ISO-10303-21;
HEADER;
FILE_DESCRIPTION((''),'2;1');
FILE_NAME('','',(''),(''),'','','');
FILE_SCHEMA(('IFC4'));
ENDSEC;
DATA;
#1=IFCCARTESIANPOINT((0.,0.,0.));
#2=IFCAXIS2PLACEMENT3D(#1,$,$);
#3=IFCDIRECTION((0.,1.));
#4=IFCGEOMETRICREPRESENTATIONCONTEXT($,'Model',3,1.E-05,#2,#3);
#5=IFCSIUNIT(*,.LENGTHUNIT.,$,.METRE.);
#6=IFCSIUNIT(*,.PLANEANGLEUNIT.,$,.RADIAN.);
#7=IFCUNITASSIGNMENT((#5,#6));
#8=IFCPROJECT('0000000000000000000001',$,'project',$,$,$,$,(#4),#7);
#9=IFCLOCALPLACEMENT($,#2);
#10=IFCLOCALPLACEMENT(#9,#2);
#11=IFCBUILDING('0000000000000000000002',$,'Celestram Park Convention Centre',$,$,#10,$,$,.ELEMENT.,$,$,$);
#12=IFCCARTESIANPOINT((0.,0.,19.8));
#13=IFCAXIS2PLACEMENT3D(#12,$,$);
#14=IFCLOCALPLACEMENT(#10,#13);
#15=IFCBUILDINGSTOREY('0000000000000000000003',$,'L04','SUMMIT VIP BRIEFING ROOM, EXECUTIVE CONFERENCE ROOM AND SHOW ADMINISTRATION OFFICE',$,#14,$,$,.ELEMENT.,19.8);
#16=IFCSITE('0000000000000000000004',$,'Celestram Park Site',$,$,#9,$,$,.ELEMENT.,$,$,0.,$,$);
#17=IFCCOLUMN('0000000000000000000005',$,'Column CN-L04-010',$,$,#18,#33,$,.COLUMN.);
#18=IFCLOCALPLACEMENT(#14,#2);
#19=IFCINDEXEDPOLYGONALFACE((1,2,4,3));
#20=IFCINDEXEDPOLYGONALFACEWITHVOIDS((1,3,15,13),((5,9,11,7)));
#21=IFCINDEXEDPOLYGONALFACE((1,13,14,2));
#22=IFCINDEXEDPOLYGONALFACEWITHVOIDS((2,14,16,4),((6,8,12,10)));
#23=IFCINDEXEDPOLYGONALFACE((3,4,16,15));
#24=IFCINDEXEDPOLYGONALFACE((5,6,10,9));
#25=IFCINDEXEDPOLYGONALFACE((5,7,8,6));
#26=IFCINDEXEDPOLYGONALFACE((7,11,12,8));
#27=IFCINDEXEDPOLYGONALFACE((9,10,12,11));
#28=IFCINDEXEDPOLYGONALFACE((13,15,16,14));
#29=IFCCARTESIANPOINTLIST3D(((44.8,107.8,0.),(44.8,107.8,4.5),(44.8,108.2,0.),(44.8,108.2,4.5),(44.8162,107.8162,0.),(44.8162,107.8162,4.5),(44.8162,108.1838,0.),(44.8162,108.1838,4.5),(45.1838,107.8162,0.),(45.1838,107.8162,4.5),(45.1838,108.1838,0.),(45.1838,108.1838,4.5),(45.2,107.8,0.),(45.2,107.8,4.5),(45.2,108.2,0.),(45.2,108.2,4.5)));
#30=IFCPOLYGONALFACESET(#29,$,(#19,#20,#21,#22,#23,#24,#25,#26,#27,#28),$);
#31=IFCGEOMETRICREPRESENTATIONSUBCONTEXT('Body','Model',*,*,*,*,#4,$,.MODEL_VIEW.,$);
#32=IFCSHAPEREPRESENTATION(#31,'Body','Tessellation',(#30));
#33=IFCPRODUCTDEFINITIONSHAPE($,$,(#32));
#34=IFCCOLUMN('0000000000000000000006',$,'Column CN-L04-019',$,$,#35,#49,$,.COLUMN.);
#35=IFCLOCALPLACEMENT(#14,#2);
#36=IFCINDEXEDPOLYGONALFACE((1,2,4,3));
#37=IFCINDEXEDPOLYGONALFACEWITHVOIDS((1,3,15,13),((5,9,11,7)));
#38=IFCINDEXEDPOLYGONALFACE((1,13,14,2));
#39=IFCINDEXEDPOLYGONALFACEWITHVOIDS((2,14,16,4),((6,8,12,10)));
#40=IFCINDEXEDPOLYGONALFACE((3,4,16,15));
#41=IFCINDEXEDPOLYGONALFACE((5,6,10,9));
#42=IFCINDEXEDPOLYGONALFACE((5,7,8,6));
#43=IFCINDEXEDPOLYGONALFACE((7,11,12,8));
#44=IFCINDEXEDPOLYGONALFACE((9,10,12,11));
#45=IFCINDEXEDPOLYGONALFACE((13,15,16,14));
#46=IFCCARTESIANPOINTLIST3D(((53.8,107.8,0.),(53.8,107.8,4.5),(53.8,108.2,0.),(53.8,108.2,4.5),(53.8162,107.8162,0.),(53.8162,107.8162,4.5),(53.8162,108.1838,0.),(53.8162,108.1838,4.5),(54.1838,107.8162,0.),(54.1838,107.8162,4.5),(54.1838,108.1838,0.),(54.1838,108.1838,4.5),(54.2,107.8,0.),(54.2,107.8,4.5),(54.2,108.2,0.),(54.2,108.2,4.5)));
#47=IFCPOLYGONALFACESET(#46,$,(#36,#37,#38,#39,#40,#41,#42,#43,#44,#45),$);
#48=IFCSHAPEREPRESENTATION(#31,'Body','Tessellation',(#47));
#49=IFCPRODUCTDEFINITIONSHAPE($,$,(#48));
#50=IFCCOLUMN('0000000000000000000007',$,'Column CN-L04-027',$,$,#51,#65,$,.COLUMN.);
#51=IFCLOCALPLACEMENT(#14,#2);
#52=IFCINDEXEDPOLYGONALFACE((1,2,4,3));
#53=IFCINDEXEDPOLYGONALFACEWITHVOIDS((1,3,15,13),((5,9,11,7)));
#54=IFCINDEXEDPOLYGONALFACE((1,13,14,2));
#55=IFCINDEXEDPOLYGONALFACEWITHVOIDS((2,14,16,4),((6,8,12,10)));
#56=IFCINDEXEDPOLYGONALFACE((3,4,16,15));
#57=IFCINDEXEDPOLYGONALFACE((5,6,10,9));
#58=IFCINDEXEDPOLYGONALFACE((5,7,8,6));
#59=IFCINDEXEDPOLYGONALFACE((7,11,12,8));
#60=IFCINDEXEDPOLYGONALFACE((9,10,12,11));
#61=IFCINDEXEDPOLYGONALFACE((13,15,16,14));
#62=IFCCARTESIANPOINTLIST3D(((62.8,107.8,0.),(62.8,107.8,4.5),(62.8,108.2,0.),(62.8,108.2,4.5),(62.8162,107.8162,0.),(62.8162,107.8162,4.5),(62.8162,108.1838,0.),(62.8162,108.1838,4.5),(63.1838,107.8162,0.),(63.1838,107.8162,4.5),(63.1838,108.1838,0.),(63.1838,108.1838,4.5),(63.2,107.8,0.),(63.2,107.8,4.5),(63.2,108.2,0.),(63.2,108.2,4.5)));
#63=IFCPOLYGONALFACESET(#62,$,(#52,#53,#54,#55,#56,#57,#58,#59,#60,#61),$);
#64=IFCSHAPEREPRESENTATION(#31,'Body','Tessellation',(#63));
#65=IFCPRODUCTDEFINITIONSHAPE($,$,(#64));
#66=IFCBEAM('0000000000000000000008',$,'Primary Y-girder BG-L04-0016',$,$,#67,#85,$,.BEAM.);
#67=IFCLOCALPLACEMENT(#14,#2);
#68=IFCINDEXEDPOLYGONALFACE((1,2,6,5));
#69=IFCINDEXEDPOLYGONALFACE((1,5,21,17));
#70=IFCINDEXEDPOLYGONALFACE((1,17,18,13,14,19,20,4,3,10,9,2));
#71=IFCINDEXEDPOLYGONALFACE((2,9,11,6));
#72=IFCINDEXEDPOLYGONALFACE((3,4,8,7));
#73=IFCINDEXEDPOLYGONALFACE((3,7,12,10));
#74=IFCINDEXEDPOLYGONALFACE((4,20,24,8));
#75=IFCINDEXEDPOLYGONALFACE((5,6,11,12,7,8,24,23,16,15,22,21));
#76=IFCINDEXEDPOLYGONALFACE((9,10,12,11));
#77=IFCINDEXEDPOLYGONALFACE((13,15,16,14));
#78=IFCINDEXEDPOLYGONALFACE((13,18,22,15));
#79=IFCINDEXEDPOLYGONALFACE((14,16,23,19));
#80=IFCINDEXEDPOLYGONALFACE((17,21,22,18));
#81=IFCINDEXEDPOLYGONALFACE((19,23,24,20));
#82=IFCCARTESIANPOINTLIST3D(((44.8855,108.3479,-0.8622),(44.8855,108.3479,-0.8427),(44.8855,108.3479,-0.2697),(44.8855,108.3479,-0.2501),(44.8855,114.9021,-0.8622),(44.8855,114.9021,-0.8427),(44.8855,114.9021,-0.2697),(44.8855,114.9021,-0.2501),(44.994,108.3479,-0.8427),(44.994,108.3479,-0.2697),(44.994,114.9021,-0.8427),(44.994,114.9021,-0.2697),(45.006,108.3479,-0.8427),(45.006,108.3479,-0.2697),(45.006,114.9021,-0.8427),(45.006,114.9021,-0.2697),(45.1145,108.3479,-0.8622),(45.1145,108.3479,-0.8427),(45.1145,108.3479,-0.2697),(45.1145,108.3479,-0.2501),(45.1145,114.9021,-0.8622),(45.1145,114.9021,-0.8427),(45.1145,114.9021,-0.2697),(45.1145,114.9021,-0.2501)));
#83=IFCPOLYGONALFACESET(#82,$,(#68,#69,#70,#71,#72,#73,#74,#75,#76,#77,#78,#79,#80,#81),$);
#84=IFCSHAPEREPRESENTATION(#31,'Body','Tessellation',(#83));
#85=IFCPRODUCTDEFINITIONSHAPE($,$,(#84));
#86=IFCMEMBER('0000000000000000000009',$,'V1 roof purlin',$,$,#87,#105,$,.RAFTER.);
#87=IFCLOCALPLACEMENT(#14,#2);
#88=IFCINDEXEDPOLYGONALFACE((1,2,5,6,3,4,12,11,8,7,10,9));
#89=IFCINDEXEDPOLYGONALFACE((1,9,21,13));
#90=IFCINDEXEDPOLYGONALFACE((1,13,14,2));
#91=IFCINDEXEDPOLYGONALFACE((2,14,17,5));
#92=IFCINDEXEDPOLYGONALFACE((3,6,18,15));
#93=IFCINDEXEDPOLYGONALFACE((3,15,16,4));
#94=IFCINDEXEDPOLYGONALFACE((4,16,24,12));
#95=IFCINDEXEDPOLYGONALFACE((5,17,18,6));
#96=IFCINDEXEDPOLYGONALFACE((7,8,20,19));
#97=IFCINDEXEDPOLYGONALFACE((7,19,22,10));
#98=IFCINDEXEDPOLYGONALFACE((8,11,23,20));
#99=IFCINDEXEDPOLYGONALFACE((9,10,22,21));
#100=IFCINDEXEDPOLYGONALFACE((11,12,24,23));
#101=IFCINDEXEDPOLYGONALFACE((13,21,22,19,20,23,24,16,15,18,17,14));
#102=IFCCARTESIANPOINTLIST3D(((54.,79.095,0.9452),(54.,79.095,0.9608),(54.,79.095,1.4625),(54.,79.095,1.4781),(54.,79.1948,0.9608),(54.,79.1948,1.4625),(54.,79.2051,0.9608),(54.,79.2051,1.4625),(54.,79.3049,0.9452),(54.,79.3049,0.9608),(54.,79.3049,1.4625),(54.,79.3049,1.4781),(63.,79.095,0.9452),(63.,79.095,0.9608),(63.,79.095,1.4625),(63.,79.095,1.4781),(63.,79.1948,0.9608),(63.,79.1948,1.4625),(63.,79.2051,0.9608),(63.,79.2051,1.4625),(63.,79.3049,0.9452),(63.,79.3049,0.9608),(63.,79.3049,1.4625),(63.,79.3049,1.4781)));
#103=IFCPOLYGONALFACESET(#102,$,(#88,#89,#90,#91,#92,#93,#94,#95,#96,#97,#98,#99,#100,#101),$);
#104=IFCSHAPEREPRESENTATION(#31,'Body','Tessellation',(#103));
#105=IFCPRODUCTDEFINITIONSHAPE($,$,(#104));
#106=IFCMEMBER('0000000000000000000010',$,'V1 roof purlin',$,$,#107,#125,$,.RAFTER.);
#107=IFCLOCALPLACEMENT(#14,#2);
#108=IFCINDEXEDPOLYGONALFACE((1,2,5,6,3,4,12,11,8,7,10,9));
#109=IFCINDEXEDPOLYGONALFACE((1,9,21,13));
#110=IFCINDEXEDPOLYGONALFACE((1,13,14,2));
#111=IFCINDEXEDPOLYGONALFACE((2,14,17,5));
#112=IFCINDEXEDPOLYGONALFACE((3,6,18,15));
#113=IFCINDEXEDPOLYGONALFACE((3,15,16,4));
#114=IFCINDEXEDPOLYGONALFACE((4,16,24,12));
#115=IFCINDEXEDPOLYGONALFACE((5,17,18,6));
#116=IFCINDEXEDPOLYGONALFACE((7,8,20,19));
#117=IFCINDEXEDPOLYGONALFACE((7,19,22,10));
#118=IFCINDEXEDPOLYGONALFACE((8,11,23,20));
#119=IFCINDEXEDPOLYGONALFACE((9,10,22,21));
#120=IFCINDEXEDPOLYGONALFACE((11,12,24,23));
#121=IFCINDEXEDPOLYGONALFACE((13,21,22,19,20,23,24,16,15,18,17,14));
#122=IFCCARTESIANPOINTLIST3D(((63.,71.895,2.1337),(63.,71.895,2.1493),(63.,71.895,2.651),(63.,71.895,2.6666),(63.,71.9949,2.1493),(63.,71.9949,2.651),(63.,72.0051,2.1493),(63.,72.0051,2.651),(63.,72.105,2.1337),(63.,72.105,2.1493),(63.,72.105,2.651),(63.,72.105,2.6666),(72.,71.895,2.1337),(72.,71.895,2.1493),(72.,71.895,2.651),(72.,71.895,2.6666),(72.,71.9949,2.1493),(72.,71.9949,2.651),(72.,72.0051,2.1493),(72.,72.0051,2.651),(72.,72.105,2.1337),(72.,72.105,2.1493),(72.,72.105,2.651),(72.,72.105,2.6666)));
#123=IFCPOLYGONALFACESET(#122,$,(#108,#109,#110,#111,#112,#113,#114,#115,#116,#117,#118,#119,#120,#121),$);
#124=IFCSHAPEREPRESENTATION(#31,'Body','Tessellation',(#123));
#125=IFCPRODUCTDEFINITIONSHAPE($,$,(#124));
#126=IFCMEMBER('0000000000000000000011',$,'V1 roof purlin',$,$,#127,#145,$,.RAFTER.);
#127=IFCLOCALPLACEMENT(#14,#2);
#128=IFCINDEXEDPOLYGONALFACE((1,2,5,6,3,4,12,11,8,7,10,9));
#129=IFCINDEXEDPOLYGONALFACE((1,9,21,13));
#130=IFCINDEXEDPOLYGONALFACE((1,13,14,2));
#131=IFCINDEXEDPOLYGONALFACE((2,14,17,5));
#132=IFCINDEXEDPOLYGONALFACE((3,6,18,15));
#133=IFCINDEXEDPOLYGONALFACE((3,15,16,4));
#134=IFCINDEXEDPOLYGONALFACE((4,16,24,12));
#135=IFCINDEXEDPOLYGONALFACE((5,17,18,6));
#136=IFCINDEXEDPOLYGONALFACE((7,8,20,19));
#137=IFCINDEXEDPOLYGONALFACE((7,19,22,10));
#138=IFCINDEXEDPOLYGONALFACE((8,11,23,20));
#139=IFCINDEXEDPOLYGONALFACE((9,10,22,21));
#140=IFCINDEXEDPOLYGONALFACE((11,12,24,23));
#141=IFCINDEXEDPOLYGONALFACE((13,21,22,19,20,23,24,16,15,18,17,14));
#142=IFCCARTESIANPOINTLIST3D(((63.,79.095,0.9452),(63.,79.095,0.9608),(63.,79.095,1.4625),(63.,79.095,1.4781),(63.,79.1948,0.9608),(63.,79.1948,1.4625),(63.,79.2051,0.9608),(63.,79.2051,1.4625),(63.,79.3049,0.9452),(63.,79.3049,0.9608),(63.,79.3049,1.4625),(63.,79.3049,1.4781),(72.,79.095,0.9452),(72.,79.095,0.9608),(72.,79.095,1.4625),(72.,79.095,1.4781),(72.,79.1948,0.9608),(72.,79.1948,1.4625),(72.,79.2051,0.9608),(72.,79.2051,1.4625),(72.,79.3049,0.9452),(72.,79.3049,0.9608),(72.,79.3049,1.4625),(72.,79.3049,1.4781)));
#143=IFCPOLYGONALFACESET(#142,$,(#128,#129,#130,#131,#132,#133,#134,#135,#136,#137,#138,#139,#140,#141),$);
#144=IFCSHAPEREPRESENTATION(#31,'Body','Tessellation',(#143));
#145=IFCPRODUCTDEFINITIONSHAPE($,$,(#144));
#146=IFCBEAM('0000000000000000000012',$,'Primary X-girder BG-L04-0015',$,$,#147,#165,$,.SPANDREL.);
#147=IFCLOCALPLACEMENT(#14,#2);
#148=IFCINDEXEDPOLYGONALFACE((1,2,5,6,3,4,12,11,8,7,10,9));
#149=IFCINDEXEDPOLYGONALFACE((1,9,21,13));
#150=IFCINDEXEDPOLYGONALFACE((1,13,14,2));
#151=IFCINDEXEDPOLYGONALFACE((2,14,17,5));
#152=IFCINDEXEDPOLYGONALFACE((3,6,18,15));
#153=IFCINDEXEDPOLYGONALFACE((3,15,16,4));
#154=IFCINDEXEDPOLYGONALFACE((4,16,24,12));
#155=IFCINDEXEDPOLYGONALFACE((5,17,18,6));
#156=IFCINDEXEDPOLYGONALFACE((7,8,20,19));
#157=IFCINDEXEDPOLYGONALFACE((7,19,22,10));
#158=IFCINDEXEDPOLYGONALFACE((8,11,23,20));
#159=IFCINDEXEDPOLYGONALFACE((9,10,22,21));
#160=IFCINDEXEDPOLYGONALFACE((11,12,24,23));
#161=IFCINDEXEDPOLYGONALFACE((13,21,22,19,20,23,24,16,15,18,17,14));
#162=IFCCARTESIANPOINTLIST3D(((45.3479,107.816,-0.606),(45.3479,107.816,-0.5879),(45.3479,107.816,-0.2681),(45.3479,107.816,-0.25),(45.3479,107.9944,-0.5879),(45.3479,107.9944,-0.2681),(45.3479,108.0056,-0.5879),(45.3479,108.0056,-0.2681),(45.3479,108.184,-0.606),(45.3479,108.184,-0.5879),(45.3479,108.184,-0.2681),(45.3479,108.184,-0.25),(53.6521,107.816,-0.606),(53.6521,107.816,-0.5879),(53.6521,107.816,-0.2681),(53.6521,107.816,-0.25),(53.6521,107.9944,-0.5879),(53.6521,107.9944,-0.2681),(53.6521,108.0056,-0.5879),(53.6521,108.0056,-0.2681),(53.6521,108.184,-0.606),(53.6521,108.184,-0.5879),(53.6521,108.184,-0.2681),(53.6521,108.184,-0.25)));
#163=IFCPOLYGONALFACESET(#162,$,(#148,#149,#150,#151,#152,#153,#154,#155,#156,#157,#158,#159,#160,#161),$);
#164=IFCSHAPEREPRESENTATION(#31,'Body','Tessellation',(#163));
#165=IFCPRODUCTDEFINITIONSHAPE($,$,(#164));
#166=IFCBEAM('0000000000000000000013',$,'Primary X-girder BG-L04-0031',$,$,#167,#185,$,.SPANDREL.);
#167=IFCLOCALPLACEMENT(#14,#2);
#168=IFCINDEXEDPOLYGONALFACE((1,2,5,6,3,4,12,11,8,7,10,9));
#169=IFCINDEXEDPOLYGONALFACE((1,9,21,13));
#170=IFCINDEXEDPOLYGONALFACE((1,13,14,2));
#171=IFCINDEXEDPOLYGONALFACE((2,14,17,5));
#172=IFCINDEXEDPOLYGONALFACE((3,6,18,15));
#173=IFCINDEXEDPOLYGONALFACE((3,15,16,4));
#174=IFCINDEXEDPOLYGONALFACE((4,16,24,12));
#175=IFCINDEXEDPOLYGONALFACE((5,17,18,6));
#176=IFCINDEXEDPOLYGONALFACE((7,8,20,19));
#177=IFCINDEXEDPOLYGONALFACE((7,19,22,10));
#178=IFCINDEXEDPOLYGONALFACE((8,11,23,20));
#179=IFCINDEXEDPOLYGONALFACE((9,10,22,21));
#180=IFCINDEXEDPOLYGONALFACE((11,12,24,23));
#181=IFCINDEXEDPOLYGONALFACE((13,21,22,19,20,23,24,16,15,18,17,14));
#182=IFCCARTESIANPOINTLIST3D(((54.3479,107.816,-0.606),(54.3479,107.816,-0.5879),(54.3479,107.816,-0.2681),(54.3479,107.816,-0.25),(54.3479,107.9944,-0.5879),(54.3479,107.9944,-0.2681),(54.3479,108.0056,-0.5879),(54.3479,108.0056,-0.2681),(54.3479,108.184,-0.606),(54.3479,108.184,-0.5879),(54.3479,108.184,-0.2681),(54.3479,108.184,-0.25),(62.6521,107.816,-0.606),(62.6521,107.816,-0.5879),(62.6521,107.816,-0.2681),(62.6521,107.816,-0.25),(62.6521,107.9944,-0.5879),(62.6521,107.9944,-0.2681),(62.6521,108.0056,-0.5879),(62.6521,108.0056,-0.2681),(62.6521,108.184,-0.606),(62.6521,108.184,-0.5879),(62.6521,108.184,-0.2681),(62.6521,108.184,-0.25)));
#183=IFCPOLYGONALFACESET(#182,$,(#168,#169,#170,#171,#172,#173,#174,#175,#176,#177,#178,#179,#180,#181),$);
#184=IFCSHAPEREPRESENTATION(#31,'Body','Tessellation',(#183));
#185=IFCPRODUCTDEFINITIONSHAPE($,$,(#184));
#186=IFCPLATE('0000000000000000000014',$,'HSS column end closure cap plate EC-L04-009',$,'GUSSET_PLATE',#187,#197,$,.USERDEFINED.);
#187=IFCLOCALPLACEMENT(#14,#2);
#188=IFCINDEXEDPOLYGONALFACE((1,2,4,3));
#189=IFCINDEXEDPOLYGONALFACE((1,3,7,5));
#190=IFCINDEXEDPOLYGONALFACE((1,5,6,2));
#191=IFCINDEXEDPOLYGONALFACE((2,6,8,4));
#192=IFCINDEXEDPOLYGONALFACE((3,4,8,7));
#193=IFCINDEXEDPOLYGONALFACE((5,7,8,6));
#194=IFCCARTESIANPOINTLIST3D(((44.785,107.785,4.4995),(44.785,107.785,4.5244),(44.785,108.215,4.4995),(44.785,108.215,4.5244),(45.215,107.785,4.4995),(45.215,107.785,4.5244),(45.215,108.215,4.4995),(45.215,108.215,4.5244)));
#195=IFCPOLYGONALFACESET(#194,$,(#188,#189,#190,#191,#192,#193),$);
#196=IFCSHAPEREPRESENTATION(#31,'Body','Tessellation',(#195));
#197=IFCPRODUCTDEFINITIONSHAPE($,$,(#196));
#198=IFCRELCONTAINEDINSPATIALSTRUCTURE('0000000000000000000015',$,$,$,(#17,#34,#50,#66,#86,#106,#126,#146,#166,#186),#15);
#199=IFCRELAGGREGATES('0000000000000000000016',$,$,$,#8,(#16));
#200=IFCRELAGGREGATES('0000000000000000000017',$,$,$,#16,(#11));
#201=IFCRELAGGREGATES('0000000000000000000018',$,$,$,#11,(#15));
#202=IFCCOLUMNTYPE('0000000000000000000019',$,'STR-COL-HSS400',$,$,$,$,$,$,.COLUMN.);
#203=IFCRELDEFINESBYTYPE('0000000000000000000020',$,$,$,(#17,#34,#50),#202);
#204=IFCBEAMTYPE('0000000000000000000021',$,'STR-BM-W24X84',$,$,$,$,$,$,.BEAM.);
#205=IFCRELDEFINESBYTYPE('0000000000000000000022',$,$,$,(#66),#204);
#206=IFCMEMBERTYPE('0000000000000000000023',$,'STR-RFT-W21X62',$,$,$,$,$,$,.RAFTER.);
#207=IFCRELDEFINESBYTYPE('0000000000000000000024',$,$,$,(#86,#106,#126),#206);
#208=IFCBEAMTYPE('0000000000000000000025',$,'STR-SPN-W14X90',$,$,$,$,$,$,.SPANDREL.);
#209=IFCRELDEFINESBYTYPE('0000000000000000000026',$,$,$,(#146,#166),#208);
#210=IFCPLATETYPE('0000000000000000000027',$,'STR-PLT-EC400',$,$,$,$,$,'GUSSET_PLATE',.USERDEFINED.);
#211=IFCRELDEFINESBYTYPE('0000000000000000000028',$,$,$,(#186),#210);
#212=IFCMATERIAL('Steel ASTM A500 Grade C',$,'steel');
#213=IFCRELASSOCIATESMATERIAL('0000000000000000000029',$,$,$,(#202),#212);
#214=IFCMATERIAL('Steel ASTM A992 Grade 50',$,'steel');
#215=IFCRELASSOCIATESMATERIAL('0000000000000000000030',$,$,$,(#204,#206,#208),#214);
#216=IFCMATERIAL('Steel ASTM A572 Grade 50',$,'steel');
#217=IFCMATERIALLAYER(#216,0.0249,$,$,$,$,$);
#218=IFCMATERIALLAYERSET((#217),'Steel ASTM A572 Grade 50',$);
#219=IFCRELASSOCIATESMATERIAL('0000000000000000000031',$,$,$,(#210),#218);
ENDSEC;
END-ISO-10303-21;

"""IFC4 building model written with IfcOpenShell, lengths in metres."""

from ifc_helpers import new_model, si_unit, direction, frame, origin, origin_2d, place, context, subcontext, project, spatial, rectangle, hollow_rectangle, i_section, extrude, material, layer, layer_set, material_profile, profile_set, type_object, element, save


model = new_model("IFC4")

# Units and contexts
model_context = context("Model", 3, precision=1e-05, world=origin(), true_north=direction((0.0, 1.0)))
body_context = subcontext(model_context, "Body", "Model", "MODEL_VIEW")
ifc_project = project(units=[si_unit("LENGTHUNIT", "METRE"), si_unit("PLANEANGLEUNIT", "RADIAN")], contexts=[model_context])

# Site, building, storey
site_placement = place(None, origin())
site = spatial("IfcSite", under=ifc_project, at=site_placement, Name="Celestram Park Site", CompositionType="ELEMENT", RefElevation=0.0)
building_placement = place(site_placement, origin())
building = spatial("IfcBuilding", under=site, at=building_placement, Name="Celestram Park Convention Centre", CompositionType="ELEMENT")
storey_placement = place(building_placement, frame((0.0, 0.0, 19.8)))
storey = spatial("IfcBuildingStorey", under=building, at=storey_placement, Name="L04", Description="SUMMIT VIP BRIEFING ROOM, EXECUTIVE CONFERENCE ROOM AND SHOW ADMINISTRATION OFFICE", CompositionType="ELEMENT", Elevation=19.8)

# Columns
ifc_material_1 = material(Name="Steel ASTM A500 Grade C", Category="steel")
ifc_material_profile_1 = material_profile(ifc_material_1, hollow_rectangle(XDim=0.3999, YDim=0.3999, WallThickness=0.0161, at=origin_2d()), Name="HSS400X400X16")
ifc_profile_set_1 = profile_set([ifc_material_profile_1], Name="Steel ASTM A500 Grade C")
column_type = type_object("IfcColumnType", Name="STR-COL-HSS400", PredefinedType="COLUMN", material=ifc_profile_set_1)
for number, where, z_axis, x_axis, name in (
    (1, (45.0, 108.0, 0.0), (0.0, 0.0, 1.0), (1.0, 0.0, 0.0), "Column CN-L04-010"),
    (2, (54.0, 108.0, 0.0), (0.0, 0.0, 1.0), (1.0, 0.0, 0.0), "Column CN-L04-019"),
    (3, (63.0, 108.0, 0.0), (0.0, 0.0, 1.0), (1.0, 0.0, 0.0), "Column CN-L04-027"),
):
    element("IfcColumn", number, at=place(storey_placement, frame(where, z_axis=z_axis, x_axis=x_axis)), inside=storey, type_object=column_type, Name=name, PredefinedType="COLUMN", context=body_context, shape_type="SweptSolid", body=[
        extrude(hollow_rectangle(XDim=0.3999, YDim=0.3999, WallThickness=0.0161, at=origin_2d()), origin(), (0.0, 0.0, 1.0), 4.5),
    ])

# Beam
ifc_material_2 = material(Name="Steel ASTM A992 Grade 50", Category="steel")
ifc_material_profile_2 = material_profile(ifc_material_2, i_section(OverallWidth=0.229, OverallDepth=0.6121, WebThickness=0.012, FlangeThickness=0.0195, at=origin_2d()), Name="W24X84")
ifc_profile_set_2 = profile_set([ifc_material_profile_2], Name="Steel ASTM A992 Grade 50")
beam_type_1 = type_object("IfcBeamType", Name="STR-BM-W24X84", PredefinedType="BEAM", material=ifc_profile_set_2)
beam_placement = place(storey_placement, frame((45.0, 108.3479, -0.5562), z_axis=(0.0, 1.0, 0.0), x_axis=(-1.0, 0.0, 0.0)))
element("IfcBeam", 4, at=beam_placement, inside=storey, type_object=beam_type_1, Name="Primary Y-girder BG-L04-0016", PredefinedType="BEAM", context=body_context, shape_type="SweptSolid", body=[
    extrude(i_section(OverallWidth=0.229, OverallDepth=0.6121, WebThickness=0.012, FlangeThickness=0.0195, at=origin_2d()), origin(), (0.0, 0.0, 1.0), 6.5542),
])

# Members
ifc_material_profile_3 = material_profile(ifc_material_2, i_section(OverallWidth=0.21, OverallDepth=0.533, WebThickness=0.0103, FlangeThickness=0.0156, at=origin_2d()), Name="W21X62")
ifc_profile_set_3 = profile_set([ifc_material_profile_3], Name="Steel ASTM A992 Grade 50")
member_type = type_object("IfcMemberType", Name="STR-RFT-W21X62", PredefinedType="RAFTER", material=ifc_profile_set_3)
for number, where, z_axis, x_axis, name in (
    (5, (54.0, 79.2, 1.2117), (1.0, 0.0, 0.0), (0.0, 1.0, 0.0), "V1 roof purlin"),
    (6, (63.0, 72.0, 2.4001), (1.0, 0.0, 0.0), (0.0, 1.0, 0.0), "V1 roof purlin"),
    (7, (63.0, 79.2, 1.2117), (1.0, 0.0, 0.0), (0.0, 1.0, 0.0), "V1 roof purlin"),
):
    element("IfcMember", number, at=place(storey_placement, frame(where, z_axis=z_axis, x_axis=x_axis)), inside=storey, type_object=member_type, Name=name, PredefinedType="RAFTER", context=body_context, shape_type="SweptSolid", body=[
        extrude(i_section(OverallWidth=0.21, OverallDepth=0.533, WebThickness=0.0103, FlangeThickness=0.0156, at=origin_2d()), origin(), (0.0, 0.0, 1.0), 9.0),
    ])

# Beams
ifc_material_profile_4 = material_profile(ifc_material_2, i_section(OverallWidth=0.3679, OverallDepth=0.356, WebThickness=0.0112, FlangeThickness=0.0181, at=origin_2d()), Name="W14X90")
ifc_profile_set_4 = profile_set([ifc_material_profile_4], Name="Steel ASTM A992 Grade 50")
beam_type_2 = type_object("IfcBeamType", Name="STR-SPN-W14X90", PredefinedType="SPANDREL", material=ifc_profile_set_4)
for number, where, z_axis, x_axis, name in (
    (8, (45.3479, 108.0, -0.428), (1.0, 0.0, 0.0), (0.0, 1.0, 0.0), "Primary X-girder BG-L04-0015"),
    (9, (54.3479, 108.0, -0.428), (1.0, 0.0, 0.0), (0.0, 1.0, 0.0), "Primary X-girder BG-L04-0031"),
):
    element("IfcBeam", number, at=place(storey_placement, frame(where, z_axis=z_axis, x_axis=x_axis)), inside=storey, type_object=beam_type_2, Name=name, PredefinedType="SPANDREL", context=body_context, shape_type="SweptSolid", body=[
        extrude(i_section(OverallWidth=0.3679, OverallDepth=0.356, WebThickness=0.0112, FlangeThickness=0.0181, at=origin_2d()), origin(), (0.0, 0.0, 1.0), 8.3042),
    ])

# Plate
ifc_material_3 = material(Name="Steel ASTM A572 Grade 50", Category="steel")
ifc_layer_1 = layer(ifc_material_3, 0.0249)
ifc_layer_set_1 = layer_set([ifc_layer_1], Name="Steel ASTM A572 Grade 50")
plate_type_1 = type_object("IfcPlateType", Name="STR-PLT-EC400", ElementType="GUSSET_PLATE", PredefinedType="USERDEFINED", material=ifc_layer_set_1)
for number, where, z_axis, x_axis, name in (
    (10, (45.0, 108.0, 4.4995), (0.0, 0.0, 1.0), (1.0, 0.0, 0.0), "HSS column end closure cap plate EC-L04-009"),
):
    element("IfcPlate", number, at=place(storey_placement, frame(where, z_axis=z_axis, x_axis=x_axis)), inside=storey, type_object=plate_type_1, Name=name, ObjectType="GUSSET_PLATE", PredefinedType="USERDEFINED", context=body_context, shape_type="SweptSolid", body=[
        extrude(rectangle(XDim=0.4299, YDim=0.4299, at=origin_2d()), origin(), (0.0, 0.0, 1.0), 0.0249),
    ])

save(model, "model.ifc")
